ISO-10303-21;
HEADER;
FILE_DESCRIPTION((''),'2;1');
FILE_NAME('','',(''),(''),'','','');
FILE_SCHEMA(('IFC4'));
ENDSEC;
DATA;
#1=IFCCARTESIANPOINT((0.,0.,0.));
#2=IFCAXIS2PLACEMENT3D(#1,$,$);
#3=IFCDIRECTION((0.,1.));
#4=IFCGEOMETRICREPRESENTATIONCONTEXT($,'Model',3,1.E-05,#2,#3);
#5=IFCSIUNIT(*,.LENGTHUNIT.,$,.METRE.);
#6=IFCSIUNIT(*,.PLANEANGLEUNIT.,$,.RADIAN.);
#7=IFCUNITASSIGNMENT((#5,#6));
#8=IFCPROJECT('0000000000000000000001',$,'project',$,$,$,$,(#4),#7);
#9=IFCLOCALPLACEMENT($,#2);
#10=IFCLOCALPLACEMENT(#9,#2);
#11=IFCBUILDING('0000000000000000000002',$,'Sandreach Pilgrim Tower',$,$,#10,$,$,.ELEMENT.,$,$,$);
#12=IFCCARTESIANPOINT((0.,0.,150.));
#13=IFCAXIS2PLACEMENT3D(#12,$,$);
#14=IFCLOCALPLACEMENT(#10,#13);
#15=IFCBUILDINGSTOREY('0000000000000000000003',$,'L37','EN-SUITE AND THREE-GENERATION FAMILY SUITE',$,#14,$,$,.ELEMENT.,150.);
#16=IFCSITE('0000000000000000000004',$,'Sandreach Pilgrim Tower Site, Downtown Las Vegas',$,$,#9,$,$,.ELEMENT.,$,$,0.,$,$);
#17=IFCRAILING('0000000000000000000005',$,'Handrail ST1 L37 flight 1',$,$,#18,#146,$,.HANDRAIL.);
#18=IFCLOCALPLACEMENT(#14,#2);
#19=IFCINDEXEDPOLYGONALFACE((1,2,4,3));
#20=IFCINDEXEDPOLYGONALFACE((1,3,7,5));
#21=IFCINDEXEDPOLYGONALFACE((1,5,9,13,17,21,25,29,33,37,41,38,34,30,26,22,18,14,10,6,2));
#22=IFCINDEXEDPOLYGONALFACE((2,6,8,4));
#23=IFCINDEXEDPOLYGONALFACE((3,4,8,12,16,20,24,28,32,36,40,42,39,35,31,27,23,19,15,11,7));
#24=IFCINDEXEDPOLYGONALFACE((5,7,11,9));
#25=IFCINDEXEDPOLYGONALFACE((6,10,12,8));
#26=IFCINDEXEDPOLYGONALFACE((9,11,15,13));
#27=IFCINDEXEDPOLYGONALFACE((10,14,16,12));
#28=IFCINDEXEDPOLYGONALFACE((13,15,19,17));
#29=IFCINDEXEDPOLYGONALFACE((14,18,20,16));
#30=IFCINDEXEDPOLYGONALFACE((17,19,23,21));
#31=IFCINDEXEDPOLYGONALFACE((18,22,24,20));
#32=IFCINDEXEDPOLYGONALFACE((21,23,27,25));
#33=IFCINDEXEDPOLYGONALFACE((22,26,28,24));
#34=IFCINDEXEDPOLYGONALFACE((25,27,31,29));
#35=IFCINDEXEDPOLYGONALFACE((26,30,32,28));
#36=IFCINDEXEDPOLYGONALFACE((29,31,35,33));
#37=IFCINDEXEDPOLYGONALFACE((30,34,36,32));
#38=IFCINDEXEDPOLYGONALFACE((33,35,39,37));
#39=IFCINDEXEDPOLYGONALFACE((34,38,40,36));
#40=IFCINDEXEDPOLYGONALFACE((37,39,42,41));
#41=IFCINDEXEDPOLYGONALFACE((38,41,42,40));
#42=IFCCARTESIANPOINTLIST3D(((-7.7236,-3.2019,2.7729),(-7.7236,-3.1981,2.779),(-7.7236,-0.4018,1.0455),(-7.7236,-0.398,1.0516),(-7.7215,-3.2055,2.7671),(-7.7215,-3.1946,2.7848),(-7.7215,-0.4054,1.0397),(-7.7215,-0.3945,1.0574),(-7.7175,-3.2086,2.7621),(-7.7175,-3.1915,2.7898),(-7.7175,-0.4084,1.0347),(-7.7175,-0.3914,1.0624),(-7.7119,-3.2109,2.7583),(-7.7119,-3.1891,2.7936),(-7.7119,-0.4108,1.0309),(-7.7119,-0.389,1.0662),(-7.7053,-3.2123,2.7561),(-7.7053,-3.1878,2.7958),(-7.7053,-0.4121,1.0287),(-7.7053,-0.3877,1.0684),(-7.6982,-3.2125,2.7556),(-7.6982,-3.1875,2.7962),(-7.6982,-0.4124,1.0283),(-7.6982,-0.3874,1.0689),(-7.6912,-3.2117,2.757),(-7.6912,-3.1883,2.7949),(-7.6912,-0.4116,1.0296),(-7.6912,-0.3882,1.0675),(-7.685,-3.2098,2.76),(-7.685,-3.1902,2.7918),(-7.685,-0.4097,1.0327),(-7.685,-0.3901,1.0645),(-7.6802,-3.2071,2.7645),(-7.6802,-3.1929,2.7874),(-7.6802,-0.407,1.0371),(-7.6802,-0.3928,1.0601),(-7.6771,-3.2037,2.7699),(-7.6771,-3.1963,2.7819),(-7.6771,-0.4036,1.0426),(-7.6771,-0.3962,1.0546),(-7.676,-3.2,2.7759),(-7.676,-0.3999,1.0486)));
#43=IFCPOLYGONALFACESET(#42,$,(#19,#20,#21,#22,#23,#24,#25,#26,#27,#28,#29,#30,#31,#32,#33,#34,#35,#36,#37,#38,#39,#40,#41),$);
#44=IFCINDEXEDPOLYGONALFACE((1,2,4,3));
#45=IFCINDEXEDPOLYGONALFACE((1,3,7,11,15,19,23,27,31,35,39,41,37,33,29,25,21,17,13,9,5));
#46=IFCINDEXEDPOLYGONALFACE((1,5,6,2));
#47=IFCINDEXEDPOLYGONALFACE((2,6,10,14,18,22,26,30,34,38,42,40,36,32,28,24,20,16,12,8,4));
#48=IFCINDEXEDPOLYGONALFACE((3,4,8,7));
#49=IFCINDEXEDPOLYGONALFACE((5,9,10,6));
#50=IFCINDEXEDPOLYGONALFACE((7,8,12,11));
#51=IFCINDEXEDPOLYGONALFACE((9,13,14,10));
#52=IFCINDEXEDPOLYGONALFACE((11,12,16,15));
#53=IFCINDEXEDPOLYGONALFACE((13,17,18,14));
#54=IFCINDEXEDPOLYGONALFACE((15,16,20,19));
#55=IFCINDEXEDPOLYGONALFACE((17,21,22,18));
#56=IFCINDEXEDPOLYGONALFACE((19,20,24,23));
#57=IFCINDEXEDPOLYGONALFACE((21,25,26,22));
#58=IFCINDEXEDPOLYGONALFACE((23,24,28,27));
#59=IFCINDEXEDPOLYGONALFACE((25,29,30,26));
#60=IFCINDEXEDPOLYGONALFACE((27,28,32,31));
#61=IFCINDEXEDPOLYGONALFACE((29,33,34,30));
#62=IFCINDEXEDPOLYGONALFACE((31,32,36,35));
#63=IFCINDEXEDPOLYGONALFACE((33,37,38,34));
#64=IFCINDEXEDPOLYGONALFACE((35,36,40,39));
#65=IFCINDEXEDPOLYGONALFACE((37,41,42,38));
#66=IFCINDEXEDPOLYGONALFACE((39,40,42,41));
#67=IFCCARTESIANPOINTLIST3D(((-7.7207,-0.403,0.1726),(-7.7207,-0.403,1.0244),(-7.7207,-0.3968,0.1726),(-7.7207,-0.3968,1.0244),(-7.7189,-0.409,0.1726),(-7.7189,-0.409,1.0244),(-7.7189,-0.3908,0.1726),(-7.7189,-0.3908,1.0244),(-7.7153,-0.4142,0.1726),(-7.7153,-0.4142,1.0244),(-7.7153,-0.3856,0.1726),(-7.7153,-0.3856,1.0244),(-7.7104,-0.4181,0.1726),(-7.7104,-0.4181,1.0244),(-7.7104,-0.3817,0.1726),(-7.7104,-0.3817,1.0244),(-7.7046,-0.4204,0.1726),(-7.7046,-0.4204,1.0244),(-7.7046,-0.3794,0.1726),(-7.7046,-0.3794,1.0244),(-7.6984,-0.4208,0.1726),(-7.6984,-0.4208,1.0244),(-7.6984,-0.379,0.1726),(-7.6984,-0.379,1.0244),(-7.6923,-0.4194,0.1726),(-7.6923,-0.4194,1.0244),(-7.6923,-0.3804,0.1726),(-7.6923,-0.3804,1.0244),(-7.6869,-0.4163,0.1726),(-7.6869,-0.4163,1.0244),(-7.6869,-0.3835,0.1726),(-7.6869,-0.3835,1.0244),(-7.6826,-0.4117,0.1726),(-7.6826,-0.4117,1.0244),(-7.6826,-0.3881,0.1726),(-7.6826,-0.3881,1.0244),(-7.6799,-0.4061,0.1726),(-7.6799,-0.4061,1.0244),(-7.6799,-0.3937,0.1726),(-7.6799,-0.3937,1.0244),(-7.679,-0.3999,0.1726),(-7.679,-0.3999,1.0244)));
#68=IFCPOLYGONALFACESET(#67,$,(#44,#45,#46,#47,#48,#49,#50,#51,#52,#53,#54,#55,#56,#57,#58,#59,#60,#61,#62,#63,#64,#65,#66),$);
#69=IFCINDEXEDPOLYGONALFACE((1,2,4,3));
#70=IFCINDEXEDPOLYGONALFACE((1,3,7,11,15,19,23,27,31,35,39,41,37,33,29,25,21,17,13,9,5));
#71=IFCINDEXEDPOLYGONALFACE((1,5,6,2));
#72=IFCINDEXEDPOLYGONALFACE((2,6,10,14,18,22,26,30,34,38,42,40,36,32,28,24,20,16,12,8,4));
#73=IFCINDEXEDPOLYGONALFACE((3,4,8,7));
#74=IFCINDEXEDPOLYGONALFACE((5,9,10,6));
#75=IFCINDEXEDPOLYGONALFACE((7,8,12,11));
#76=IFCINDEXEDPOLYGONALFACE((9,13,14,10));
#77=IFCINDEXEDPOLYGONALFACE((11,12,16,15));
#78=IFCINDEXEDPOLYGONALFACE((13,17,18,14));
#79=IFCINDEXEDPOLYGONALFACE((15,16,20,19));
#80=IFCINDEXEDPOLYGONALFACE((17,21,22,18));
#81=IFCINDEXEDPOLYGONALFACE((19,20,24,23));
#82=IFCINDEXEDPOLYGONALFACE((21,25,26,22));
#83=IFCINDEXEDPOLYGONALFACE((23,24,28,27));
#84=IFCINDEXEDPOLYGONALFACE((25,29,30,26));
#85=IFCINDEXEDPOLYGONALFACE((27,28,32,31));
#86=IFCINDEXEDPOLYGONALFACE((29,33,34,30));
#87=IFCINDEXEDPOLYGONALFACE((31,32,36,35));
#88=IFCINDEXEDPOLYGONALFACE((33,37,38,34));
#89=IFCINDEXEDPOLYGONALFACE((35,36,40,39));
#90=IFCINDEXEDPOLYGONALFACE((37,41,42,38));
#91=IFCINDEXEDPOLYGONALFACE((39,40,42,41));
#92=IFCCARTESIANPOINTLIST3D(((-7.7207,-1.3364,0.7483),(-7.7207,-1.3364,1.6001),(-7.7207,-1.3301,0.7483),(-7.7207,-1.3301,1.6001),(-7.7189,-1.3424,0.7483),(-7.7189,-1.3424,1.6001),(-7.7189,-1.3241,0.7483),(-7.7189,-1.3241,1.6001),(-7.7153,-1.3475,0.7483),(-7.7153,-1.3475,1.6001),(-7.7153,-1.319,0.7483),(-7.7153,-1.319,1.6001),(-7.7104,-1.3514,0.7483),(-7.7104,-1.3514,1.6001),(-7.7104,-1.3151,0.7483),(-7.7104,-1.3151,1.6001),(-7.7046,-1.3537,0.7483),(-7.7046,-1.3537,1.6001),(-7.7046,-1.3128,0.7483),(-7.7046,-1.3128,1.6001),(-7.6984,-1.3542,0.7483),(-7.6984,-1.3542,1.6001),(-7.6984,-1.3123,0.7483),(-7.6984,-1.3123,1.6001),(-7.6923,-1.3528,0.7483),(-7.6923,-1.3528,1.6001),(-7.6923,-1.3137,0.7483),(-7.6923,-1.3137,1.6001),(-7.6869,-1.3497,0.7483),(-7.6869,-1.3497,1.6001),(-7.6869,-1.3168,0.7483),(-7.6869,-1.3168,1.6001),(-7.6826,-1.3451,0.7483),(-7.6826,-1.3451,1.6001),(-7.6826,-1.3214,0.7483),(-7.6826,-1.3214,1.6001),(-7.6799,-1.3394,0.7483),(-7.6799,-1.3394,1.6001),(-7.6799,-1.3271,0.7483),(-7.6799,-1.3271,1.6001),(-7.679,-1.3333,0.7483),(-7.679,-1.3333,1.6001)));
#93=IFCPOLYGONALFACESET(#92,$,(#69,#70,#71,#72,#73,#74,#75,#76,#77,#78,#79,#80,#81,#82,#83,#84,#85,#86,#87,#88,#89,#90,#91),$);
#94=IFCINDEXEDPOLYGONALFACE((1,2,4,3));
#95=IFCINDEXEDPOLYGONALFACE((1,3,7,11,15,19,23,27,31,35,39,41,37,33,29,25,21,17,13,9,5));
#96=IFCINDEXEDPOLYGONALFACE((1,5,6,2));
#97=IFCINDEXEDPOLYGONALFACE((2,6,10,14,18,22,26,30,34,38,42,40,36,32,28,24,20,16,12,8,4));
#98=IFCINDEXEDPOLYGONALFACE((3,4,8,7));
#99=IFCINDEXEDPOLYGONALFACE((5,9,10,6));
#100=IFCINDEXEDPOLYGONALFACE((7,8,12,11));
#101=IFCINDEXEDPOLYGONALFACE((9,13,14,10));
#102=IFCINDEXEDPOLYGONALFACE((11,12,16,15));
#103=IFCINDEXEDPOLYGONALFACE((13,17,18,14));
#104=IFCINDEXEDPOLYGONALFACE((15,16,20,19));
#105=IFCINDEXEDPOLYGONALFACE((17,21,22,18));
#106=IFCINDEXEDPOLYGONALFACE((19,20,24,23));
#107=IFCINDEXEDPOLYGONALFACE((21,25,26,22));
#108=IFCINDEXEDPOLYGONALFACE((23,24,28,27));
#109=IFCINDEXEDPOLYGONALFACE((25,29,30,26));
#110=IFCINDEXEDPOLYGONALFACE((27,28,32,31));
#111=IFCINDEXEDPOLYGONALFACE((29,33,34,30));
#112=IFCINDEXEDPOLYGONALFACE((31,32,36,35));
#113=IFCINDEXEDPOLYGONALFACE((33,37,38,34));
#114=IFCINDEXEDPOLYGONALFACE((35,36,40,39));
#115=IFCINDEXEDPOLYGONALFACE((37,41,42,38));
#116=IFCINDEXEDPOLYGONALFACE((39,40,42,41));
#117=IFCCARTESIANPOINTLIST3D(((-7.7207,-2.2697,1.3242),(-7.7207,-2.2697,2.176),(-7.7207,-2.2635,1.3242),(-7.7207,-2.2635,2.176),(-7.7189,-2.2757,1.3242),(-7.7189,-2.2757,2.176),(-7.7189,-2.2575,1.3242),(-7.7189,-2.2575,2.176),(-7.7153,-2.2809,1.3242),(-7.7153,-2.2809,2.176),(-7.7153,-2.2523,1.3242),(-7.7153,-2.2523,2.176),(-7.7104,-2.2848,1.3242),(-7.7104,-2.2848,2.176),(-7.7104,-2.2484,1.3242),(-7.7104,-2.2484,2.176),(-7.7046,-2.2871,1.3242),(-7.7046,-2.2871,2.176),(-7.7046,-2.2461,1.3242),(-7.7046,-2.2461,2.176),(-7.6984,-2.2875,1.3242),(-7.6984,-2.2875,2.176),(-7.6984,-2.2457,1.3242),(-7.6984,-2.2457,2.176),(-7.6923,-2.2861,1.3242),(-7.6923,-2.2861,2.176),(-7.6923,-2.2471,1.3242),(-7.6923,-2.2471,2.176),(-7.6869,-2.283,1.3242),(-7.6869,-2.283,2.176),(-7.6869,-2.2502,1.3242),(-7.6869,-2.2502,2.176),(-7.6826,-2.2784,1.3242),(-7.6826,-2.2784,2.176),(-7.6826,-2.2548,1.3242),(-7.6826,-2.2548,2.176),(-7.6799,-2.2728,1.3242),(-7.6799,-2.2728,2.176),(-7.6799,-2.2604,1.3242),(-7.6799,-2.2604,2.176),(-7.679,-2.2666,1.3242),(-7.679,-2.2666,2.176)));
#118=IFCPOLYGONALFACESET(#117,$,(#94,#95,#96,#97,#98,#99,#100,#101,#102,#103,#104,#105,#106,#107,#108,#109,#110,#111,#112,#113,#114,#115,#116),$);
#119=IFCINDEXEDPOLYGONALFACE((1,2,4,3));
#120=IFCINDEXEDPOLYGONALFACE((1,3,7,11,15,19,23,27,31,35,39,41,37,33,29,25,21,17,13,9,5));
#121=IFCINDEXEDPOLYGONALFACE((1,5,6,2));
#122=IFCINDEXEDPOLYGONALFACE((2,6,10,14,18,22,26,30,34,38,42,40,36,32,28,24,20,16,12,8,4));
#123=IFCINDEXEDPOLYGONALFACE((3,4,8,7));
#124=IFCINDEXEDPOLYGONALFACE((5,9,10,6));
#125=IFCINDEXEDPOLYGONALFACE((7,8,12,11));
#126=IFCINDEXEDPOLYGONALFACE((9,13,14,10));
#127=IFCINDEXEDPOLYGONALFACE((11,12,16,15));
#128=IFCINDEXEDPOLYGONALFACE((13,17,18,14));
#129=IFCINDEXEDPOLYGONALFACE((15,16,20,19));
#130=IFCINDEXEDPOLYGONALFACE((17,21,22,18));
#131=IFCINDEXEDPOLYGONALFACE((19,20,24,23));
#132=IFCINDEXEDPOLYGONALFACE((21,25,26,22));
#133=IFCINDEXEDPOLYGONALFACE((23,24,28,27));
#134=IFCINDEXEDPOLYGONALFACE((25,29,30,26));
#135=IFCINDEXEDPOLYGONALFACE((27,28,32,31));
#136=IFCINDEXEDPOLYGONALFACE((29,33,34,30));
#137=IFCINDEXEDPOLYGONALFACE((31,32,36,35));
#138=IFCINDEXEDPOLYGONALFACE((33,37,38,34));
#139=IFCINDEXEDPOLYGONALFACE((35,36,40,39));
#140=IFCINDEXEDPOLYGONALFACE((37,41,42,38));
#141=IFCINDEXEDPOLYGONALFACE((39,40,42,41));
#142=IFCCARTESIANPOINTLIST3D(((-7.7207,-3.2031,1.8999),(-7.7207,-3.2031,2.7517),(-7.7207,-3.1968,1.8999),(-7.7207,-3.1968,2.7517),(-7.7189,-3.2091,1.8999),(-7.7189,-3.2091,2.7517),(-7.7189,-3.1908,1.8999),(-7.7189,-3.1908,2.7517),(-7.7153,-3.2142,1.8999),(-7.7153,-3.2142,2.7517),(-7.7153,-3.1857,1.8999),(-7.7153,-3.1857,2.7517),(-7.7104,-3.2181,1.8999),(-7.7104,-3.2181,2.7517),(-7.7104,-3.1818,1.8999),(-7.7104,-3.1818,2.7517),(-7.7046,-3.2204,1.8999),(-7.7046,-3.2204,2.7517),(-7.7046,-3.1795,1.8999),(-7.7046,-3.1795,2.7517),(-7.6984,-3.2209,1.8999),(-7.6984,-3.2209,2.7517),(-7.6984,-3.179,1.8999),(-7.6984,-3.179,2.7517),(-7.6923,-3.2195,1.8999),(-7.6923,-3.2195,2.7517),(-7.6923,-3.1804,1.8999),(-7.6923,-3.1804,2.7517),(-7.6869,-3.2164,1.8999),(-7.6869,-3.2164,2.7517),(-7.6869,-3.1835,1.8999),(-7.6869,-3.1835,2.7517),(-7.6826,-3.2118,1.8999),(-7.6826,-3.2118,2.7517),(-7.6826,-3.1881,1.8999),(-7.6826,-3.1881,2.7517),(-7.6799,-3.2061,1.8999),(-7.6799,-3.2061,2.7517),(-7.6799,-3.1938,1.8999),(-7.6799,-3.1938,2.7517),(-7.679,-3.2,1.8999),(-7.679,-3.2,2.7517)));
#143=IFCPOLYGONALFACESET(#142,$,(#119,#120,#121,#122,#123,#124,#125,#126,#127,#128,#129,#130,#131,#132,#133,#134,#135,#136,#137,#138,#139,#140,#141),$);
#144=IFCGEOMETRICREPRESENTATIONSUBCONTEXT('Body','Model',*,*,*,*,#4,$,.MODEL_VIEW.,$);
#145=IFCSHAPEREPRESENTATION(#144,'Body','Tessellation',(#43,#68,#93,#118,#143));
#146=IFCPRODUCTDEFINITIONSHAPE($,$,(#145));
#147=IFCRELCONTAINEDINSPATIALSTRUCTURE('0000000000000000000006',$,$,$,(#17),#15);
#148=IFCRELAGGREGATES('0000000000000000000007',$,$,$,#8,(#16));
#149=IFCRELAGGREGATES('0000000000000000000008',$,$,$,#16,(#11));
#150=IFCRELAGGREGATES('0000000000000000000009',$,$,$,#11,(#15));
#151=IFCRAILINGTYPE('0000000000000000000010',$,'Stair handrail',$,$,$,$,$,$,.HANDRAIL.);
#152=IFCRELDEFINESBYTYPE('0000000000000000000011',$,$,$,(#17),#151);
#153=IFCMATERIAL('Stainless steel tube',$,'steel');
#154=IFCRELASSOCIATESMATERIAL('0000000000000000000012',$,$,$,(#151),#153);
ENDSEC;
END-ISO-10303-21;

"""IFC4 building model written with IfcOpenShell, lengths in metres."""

from ifc_helpers import new_model, si_unit, direction, frame, origin, origin_2d, place, context, subcontext, project, spatial, circle, extrude, material, type_object, element, save


model = new_model("IFC4")

# Units and contexts
model_context = context("Model", 3, precision=1e-05, world=origin(), true_north=direction((0.0, 1.0)))
body_context = subcontext(model_context, "Body", "Model", "MODEL_VIEW")
ifc_project = project(units=[si_unit("LENGTHUNIT", "METRE"), si_unit("PLANEANGLEUNIT", "RADIAN")], contexts=[model_context])

# Site, building, storey
site_placement = place(None, origin())
site = spatial("IfcSite", under=ifc_project, at=site_placement, Name="Sandreach Pilgrim Tower Site, Downtown Las Vegas", CompositionType="ELEMENT", RefElevation=0.0)
building_placement = place(site_placement, origin())
building = spatial("IfcBuilding", under=site, at=building_placement, Name="Sandreach Pilgrim Tower", CompositionType="ELEMENT")
storey_placement = place(building_placement, frame((0.0, 0.0, 150.0)))
storey = spatial("IfcBuildingStorey", under=building, at=storey_placement, Name="L37", Description="EN-SUITE AND THREE-GENERATION FAMILY SUITE", CompositionType="ELEMENT", Elevation=150.0)

# Railing
ifc_material_1 = material(Name="Stainless steel tube", Category="steel")
railing_type = type_object("IfcRailingType", Name="Stair handrail", PredefinedType="HANDRAIL", material=ifc_material_1)
for number, where, name in (
    (1, (-7.7, -0.3999, 0.1726), "Handrail ST1 L37 flight 1"),
):
    element("IfcRailing", number, at=place(storey_placement, frame(where)), inside=storey, type_object=railing_type, Name=name, PredefinedType="HANDRAIL", context=body_context, shape_type="SweptSolid", body=[
        extrude(circle(Radius=0.0239, at=origin_2d()), frame((0.0, 0.0, 0.876), z_axis=(0.0, -0.85109, 0.52502), x_axis=(1.0, 0.0, 0.0)), (0.0, 0.0, 1.0), 3.29),
        extrude(circle(Radius=0.021, at=origin_2d()), origin(), (0.0, 0.0, 1.0), 0.8518),
        extrude(circle(Radius=0.021, at=origin_2d()), frame((0.0, -0.9333, 0.5757)), (0.0, 0.0, 1.0), 0.8518),
        extrude(circle(Radius=0.021, at=origin_2d()), frame((0.0, -1.8667, 1.1516)), (0.0, 0.0, 1.0), 0.8518),
        extrude(circle(Radius=0.021, at=origin_2d()), frame((0.0, -2.8, 1.7273)), (0.0, 0.0, 1.0), 0.8518),
    ])

save(model, "model.ifc")
